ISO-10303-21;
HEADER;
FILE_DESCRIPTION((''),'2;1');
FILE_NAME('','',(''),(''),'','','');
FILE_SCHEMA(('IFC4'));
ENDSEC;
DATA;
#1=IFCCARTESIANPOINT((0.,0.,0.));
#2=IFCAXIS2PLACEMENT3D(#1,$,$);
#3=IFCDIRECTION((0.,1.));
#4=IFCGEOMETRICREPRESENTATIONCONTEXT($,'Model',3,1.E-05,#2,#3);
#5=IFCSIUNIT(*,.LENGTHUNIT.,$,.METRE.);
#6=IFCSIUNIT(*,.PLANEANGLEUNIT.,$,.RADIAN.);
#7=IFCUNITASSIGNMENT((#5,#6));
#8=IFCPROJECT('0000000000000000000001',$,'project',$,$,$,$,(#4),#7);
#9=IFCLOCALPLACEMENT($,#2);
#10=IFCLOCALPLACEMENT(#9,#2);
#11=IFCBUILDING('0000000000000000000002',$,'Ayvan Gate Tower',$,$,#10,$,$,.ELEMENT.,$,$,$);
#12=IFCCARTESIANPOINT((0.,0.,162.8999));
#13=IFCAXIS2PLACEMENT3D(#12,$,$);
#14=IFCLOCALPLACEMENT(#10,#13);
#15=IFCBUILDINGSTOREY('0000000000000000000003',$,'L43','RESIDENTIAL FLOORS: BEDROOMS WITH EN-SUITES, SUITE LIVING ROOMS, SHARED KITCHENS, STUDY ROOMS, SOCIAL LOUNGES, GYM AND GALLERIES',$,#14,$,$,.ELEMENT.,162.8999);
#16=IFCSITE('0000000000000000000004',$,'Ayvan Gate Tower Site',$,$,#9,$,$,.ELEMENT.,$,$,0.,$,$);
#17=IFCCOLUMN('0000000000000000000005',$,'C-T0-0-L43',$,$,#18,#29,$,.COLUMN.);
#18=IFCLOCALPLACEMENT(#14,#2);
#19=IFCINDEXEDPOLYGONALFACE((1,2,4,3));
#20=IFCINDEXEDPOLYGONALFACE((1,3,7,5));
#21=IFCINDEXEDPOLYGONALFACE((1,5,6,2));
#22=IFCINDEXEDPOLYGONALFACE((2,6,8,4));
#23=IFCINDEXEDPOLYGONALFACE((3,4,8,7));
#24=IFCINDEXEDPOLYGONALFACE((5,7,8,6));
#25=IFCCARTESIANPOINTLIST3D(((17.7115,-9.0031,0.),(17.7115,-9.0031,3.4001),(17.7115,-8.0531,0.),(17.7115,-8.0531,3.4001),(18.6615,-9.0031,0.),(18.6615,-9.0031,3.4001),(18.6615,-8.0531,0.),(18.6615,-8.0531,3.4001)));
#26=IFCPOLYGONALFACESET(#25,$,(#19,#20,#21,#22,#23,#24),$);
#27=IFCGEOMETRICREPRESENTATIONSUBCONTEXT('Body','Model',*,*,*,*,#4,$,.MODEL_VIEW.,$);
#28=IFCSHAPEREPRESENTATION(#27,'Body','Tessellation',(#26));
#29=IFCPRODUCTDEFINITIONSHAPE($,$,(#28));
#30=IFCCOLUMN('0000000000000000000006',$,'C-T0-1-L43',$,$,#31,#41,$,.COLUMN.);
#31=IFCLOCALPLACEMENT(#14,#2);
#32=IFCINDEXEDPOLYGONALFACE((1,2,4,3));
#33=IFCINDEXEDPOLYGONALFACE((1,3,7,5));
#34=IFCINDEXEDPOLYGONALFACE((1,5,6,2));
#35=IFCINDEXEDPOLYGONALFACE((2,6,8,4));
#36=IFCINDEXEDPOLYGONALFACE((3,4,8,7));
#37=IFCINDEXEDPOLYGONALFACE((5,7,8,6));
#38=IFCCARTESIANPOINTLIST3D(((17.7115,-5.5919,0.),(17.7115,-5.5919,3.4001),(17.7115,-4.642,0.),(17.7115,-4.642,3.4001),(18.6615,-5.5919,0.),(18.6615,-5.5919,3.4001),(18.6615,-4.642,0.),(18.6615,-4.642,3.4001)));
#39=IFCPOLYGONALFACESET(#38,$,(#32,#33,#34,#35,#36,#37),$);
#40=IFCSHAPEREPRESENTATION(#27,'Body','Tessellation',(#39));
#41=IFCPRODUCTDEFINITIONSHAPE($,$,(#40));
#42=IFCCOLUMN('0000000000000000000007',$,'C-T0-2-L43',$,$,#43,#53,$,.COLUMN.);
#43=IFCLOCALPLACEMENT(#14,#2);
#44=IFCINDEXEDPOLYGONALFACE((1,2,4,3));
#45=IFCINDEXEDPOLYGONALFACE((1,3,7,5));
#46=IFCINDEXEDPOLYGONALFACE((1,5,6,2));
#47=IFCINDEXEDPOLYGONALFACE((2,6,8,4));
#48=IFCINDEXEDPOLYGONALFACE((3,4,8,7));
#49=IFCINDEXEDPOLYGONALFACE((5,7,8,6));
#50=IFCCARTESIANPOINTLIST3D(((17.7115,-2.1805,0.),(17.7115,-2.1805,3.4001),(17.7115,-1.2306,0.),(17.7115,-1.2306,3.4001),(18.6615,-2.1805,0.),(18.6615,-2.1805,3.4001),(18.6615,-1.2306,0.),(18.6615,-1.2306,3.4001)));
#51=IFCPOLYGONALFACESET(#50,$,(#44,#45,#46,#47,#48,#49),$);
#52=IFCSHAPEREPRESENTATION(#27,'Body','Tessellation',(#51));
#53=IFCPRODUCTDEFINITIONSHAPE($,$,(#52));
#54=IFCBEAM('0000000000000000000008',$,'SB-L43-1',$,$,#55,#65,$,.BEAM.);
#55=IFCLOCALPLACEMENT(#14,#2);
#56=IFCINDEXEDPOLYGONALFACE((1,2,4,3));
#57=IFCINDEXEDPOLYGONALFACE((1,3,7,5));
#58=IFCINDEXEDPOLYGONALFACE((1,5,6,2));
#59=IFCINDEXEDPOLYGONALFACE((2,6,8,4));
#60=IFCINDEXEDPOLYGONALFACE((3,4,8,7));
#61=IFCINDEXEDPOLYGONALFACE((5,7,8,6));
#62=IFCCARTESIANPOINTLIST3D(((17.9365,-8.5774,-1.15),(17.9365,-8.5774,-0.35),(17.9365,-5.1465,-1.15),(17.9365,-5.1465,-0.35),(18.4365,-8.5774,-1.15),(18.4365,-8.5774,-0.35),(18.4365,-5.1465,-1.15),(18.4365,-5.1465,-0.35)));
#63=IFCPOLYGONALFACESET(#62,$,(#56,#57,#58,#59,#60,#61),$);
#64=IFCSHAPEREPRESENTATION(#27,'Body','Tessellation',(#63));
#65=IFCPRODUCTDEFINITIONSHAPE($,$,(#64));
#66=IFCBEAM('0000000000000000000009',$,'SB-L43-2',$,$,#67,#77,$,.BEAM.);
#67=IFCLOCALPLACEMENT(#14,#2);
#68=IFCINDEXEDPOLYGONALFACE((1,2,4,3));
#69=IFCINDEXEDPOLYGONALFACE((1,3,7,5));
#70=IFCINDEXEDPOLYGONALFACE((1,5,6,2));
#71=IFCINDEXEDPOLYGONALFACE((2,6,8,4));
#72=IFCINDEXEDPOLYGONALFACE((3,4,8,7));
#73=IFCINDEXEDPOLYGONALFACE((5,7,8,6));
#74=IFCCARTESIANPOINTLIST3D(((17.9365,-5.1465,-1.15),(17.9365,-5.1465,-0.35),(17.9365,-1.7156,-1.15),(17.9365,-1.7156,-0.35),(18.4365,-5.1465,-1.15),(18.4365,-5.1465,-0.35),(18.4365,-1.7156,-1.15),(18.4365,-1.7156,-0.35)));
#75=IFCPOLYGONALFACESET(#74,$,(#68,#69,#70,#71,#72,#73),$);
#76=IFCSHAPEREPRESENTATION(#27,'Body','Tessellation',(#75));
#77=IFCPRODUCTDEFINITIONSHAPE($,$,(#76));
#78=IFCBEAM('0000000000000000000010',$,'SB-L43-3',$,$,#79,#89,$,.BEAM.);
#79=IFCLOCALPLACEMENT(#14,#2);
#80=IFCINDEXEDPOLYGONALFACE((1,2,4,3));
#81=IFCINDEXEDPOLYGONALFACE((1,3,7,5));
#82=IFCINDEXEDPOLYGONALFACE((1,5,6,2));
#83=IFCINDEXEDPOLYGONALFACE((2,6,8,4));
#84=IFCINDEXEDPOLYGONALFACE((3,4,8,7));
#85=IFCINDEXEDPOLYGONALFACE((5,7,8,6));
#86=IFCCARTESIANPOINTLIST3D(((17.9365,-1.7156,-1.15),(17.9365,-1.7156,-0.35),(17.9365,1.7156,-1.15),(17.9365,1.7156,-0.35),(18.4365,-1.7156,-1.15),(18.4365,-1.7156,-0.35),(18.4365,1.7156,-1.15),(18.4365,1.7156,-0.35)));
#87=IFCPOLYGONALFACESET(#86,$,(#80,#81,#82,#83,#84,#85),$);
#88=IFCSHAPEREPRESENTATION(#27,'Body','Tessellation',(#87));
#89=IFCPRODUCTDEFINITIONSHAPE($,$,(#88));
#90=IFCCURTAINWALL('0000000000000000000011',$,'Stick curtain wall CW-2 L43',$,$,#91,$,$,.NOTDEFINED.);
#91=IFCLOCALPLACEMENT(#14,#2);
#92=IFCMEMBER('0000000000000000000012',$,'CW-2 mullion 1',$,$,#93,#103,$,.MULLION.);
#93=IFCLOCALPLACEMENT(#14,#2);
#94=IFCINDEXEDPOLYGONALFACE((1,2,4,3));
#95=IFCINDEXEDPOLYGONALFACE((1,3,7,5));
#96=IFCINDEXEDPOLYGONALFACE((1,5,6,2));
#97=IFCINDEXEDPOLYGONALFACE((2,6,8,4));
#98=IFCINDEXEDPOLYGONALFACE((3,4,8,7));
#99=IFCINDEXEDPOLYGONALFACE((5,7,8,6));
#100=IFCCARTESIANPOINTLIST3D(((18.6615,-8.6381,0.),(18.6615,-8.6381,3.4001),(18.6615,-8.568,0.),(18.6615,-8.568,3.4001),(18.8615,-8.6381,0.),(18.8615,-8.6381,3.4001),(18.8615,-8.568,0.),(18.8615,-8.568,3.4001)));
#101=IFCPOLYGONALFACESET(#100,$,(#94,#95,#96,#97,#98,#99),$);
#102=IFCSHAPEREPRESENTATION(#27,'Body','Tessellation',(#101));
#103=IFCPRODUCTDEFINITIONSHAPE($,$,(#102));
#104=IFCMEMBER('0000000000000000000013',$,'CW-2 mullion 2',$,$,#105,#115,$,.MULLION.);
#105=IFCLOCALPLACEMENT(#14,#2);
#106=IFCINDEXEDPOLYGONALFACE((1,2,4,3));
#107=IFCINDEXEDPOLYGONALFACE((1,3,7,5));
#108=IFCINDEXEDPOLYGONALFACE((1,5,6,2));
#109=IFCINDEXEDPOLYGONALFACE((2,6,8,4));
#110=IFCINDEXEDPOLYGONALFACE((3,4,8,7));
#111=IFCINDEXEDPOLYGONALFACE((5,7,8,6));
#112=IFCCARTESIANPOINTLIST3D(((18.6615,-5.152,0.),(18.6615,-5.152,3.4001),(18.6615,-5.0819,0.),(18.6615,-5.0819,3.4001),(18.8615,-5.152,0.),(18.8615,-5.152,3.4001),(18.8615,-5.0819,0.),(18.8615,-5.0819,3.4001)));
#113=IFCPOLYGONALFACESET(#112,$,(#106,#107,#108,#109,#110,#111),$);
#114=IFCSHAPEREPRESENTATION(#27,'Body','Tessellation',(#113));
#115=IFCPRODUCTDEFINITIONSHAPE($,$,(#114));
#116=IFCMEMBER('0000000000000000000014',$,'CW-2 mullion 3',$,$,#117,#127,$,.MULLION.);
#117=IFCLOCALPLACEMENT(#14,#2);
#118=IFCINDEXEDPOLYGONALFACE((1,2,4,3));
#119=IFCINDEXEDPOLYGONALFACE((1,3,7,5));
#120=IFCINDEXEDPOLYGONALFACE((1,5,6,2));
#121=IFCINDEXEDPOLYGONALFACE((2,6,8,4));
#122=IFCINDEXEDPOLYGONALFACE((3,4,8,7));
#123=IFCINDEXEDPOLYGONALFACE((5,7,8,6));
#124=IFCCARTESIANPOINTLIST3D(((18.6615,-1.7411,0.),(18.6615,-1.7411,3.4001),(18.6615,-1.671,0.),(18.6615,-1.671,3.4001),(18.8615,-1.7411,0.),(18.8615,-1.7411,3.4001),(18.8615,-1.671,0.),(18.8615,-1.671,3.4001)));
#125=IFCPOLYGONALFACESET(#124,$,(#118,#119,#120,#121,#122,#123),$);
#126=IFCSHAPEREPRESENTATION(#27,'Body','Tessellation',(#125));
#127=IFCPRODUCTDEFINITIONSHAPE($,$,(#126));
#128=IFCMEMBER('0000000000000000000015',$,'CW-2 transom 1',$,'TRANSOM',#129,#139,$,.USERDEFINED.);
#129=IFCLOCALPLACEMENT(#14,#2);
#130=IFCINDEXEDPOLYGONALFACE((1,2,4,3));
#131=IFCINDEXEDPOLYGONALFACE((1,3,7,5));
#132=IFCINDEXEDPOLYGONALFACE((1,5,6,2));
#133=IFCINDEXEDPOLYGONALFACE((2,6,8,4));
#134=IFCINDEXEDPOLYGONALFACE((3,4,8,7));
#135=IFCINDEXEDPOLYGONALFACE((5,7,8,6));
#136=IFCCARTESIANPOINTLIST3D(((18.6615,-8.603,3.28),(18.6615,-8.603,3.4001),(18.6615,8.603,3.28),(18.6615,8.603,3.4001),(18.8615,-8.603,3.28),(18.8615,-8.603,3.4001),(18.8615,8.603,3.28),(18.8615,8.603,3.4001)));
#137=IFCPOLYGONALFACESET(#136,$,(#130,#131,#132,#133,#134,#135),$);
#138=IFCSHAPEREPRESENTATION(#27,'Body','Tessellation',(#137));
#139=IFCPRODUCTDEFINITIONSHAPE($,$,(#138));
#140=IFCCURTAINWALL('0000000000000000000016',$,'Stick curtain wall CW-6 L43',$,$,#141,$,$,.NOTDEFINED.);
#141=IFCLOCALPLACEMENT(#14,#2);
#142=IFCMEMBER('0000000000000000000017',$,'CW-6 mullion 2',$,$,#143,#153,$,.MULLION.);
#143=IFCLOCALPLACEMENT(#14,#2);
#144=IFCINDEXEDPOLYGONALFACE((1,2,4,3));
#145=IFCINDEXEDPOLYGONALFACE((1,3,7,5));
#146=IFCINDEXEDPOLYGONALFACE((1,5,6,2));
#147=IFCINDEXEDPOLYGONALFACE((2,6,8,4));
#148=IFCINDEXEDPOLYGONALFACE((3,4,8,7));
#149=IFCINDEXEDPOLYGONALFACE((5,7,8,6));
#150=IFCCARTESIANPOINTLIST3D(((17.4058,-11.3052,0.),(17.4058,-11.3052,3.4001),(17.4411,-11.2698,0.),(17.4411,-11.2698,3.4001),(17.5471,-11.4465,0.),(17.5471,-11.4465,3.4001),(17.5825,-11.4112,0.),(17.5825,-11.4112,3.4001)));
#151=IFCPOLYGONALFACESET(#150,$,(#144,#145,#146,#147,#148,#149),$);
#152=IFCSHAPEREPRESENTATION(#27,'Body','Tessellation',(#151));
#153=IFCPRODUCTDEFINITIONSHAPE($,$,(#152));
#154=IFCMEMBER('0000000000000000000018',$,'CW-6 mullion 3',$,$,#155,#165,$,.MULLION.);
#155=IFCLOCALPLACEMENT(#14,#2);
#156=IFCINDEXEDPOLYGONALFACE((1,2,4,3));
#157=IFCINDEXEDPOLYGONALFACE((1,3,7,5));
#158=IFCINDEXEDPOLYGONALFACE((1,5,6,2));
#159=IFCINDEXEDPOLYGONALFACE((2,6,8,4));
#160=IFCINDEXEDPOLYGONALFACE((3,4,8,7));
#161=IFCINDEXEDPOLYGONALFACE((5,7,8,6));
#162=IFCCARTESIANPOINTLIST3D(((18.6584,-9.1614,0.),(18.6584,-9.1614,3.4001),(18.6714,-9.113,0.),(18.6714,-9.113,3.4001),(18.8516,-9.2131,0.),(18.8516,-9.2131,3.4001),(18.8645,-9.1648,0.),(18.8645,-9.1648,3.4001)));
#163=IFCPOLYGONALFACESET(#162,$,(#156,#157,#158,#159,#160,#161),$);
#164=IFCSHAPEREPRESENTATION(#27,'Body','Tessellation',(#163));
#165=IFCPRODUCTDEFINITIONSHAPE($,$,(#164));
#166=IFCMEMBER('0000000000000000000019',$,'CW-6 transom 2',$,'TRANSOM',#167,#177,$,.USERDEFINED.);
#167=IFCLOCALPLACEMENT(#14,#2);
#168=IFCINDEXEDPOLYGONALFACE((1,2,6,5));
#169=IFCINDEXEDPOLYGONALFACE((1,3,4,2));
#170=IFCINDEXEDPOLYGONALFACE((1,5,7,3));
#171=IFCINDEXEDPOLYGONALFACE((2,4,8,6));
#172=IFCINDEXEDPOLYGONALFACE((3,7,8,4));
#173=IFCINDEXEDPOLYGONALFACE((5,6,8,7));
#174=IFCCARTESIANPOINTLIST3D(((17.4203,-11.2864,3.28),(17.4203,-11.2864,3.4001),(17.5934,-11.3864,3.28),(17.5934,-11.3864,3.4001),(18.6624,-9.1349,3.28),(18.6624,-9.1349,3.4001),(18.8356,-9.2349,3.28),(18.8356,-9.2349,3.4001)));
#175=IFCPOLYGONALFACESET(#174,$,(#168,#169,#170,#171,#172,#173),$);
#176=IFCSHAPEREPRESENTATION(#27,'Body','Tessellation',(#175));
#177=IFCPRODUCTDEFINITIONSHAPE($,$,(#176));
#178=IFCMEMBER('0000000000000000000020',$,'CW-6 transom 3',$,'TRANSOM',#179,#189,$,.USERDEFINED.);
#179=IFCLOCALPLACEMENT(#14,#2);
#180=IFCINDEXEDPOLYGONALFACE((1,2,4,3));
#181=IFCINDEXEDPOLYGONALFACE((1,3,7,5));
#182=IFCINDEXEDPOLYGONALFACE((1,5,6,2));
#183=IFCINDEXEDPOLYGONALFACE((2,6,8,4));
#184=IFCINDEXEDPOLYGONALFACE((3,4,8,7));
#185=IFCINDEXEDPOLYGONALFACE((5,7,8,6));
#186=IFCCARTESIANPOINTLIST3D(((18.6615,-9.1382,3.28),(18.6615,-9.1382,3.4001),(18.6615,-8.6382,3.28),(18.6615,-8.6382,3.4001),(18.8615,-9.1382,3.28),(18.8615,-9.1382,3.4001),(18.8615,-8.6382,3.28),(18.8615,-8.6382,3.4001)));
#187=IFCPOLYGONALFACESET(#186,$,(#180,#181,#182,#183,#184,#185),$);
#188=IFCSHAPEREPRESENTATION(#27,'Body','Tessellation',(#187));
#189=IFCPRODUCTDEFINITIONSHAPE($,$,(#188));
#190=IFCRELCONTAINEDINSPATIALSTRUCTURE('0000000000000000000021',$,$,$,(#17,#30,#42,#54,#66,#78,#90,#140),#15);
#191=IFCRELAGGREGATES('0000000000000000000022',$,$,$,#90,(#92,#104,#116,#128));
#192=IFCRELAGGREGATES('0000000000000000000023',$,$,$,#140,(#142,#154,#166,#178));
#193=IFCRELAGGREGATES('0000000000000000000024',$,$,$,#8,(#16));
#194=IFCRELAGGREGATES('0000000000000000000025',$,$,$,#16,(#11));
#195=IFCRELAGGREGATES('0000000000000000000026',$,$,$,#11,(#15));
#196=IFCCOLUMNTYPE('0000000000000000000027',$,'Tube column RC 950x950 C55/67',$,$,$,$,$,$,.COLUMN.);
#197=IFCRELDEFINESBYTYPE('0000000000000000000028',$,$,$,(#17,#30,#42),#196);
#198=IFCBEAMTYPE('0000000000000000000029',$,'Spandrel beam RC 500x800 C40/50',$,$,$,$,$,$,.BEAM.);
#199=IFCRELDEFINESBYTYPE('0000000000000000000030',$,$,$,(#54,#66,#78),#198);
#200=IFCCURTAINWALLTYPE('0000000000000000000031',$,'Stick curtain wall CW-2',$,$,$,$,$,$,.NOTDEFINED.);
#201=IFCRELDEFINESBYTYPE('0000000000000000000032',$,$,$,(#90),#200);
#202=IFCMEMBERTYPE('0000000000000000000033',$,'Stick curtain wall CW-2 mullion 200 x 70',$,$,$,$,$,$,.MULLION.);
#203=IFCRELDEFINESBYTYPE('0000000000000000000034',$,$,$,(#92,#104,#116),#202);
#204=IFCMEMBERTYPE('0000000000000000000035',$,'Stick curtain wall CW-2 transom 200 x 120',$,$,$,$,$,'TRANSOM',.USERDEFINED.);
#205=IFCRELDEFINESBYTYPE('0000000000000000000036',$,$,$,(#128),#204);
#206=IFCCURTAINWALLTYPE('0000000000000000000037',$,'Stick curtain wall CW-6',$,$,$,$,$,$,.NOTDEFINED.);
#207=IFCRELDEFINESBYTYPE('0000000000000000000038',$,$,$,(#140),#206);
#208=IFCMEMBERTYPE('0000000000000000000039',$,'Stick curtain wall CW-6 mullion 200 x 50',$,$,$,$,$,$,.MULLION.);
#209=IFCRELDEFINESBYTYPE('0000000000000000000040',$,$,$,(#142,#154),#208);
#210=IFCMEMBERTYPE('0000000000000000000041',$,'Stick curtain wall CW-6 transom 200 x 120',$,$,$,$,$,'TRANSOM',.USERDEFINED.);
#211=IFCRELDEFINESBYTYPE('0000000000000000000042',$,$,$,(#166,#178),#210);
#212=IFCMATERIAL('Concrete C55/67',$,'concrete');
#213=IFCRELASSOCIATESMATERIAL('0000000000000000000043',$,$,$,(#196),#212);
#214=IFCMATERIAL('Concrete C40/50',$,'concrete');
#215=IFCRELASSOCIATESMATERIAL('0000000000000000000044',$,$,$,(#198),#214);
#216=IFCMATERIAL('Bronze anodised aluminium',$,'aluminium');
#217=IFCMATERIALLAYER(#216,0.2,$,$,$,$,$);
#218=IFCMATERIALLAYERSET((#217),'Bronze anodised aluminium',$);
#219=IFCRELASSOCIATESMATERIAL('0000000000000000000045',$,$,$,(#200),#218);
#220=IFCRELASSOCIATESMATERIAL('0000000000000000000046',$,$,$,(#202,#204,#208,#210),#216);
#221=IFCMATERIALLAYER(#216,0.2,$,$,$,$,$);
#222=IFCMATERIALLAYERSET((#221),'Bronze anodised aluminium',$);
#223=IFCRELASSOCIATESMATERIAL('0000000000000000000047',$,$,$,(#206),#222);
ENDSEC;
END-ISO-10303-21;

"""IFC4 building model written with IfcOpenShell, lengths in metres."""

from ifc_helpers import new_model, si_unit, direction, frame, origin, origin_2d, place, context, subcontext, project, spatial, rectangle, extrude, material, layer, layer_set, material_profile, profile_set, type_object, element, aggregate, save


model = new_model("IFC4")

# Units and contexts
model_context = context("Model", 3, precision=1e-05, world=origin(), true_north=direction((0.0, 1.0)))
body_context = subcontext(model_context, "Body", "Model", "MODEL_VIEW")
ifc_project = project(units=[si_unit("LENGTHUNIT", "METRE"), si_unit("PLANEANGLEUNIT", "RADIAN")], contexts=[model_context])

# Site, building, storey
site_placement = place(None, origin())
site = spatial("IfcSite", under=ifc_project, at=site_placement, Name="Ayvan Gate Tower Site", CompositionType="ELEMENT", RefElevation=0.0)
building_placement = place(site_placement, origin())
building = spatial("IfcBuilding", under=site, at=building_placement, Name="Ayvan Gate Tower", CompositionType="ELEMENT")
storey_placement = place(building_placement, frame((0.0, 0.0, 162.8999)))
storey = spatial("IfcBuildingStorey", under=building, at=storey_placement, Name="L43", Description="RESIDENTIAL FLOORS: BEDROOMS WITH EN-SUITES, SUITE LIVING ROOMS, SHARED KITCHENS, STUDY ROOMS, SOCIAL LOUNGES, GYM AND GALLERIES", CompositionType="ELEMENT", Elevation=162.8999)

# Columns
ifc_material_1 = material(Name="Concrete C55/67", Category="concrete")
ifc_material_profile_1 = material_profile(ifc_material_1, rectangle(XDim=0.95, YDim=0.95, at=origin_2d()), Name="RC 950x950")
ifc_profile_set_1 = profile_set([ifc_material_profile_1], Name="Concrete C55/67")
column_type = type_object("IfcColumnType", Name="Tube column RC 950x950 C55/67", PredefinedType="COLUMN", material=ifc_profile_set_1)
for number, where, z_axis, x_axis, name in (
    (1, (18.1865, -8.5281, 0.0), (0.0, 0.0, 1.0), (1.0, 0.0, 0.0), "C-T0-0-L43"),
    (2, (18.1865, -5.1169, 0.0), (0.0, 0.0, 1.0), (1.0, 0.0, 0.0), "C-T0-1-L43"),
    (3, (18.1865, -1.7056, 0.0), (0.0, 0.0, 1.0), (1.0, 0.0, 0.0), "C-T0-2-L43"),
):
    element("IfcColumn", number, at=place(storey_placement, frame(where, z_axis=z_axis, x_axis=x_axis)), inside=storey, type_object=column_type, Name=name, PredefinedType="COLUMN", context=body_context, shape_type="SweptSolid", body=[
        extrude(rectangle(XDim=0.95, YDim=0.95, at=origin_2d()), origin(), (0.0, 0.0, 1.0), 3.4001),
    ])

# Beams
ifc_material_2 = material(Name="Concrete C40/50", Category="concrete")
ifc_material_profile_2 = material_profile(ifc_material_2, rectangle(XDim=0.5, YDim=0.8, at=origin_2d()), Name="RC 500x800")
ifc_profile_set_2 = profile_set([ifc_material_profile_2], Name="Concrete C40/50")
beam_type = type_object("IfcBeamType", Name="Spandrel beam RC 500x800 C40/50", PredefinedType="BEAM", material=ifc_profile_set_2)
for number, where, z_axis, x_axis, name in (
    (4, (18.1865, -8.5774, -0.75), (0.0, 1.0, 0.0), (-1.0, 0.0, 0.0), "SB-L43-1"),
    (5, (18.1865, -5.1465, -0.75), (0.0, 1.0, 0.0), (-1.0, 0.0, 0.0), "SB-L43-2"),
):
    element("IfcBeam", number, at=place(storey_placement, frame(where, z_axis=z_axis, x_axis=x_axis)), inside=storey, type_object=beam_type, Name=name, PredefinedType="BEAM", context=body_context, shape_type="SweptSolid", body=[
        extrude(rectangle(XDim=0.5, YDim=0.8, at=origin_2d()), origin(), (0.0, 0.0, 1.0), 3.4309),
    ])
beam_placement = place(storey_placement, frame((18.1865, -1.7156, -0.75), z_axis=(0.0, 1.0, 0.0), x_axis=(-1.0, 0.0, 0.0)))
element("IfcBeam", 6, at=beam_placement, inside=storey, type_object=beam_type, Name="SB-L43-3", PredefinedType="BEAM", context=body_context, shape_type="SweptSolid", body=[
    extrude(rectangle(XDim=0.5, YDim=0.8, at=origin_2d()), origin(), (0.0, 0.0, 1.0), 3.4312),
])

# Curtain walls, members
ifc_material_3 = material(Name="Bronze anodised aluminium", Category="aluminium")
ifc_layer_1 = layer(ifc_material_3, 0.2)
ifc_layer_set_1 = layer_set([ifc_layer_1], Name="Bronze anodised aluminium")
curtain_wall_type_1 = type_object("IfcCurtainWallType", Name="Stick curtain wall CW-2", PredefinedType="NOTDEFINED", material=ifc_layer_set_1)
curtain_wall_1_placement = place(storey_placement, origin())
curtain_wall_1 = element("IfcCurtainWall", 7, at=curtain_wall_1_placement, inside=storey, type_object=curtain_wall_type_1, Name="Stick curtain wall CW-2 L43", PredefinedType="NOTDEFINED")
ifc_material_profile_3 = material_profile(ifc_material_3, rectangle(XDim=0.2, YDim=0.0701, at=origin_2d()), Name="Stick curtain wall CW-2 mullion 200 x 70")
ifc_profile_set_3 = profile_set([ifc_material_profile_3], Name="Bronze anodised aluminium")
member_type_1 = type_object("IfcMemberType", Name="Stick curtain wall CW-2 mullion 200 x 70", PredefinedType="MULLION", material=ifc_profile_set_3)
member_1_placement = place(storey_placement, frame((18.7615, -8.603, 0.0), z_axis=(0.0, 0.0, 1.0), x_axis=(1.0, 0.0, 0.0)))
member_1 = element("IfcMember", 8, at=member_1_placement, type_object=member_type_1, Name="CW-2 mullion 1", PredefinedType="MULLION", context=body_context, shape_type="SweptSolid", body=[
    extrude(rectangle(XDim=0.2, YDim=0.0701, at=origin_2d()), origin(), (0.0, 0.0, 1.0), 3.4001),
])
member_2_placement = place(storey_placement, frame((18.7615, -5.1169, 0.0), z_axis=(0.0, 0.0, 1.0), x_axis=(1.0, 0.0, 0.0)))
member_2 = element("IfcMember", 9, at=member_2_placement, type_object=member_type_1, Name="CW-2 mullion 2", PredefinedType="MULLION", context=body_context, shape_type="SweptSolid", body=[
    extrude(rectangle(XDim=0.2, YDim=0.0701, at=origin_2d()), origin(), (0.0, 0.0, 1.0), 3.4001),
])
member_3_placement = place(storey_placement, frame((18.7615, -1.7061, 0.0), z_axis=(0.0, 0.0, 1.0), x_axis=(1.0, 0.0, 0.0)))
member_3 = element("IfcMember", 10, at=member_3_placement, type_object=member_type_1, Name="CW-2 mullion 3", PredefinedType="MULLION", context=body_context, shape_type="SweptSolid", body=[
    extrude(rectangle(XDim=0.2, YDim=0.0701, at=origin_2d()), origin(), (0.0, 0.0, 1.0), 3.4001),
])
ifc_material_profile_4 = material_profile(ifc_material_3, rectangle(XDim=0.2, YDim=0.1201, at=origin_2d()), Name="Stick curtain wall CW-2 transom 200 x 120")
ifc_profile_set_4 = profile_set([ifc_material_profile_4], Name="Bronze anodised aluminium")
member_type_2 = type_object("IfcMemberType", Name="Stick curtain wall CW-2 transom 200 x 120", ElementType="TRANSOM", PredefinedType="USERDEFINED", material=ifc_profile_set_4)
member_4_placement = place(storey_placement, frame((18.7615, -8.603, 3.3401), z_axis=(0.0, 1.0, 0.0), x_axis=(-1.0, 0.0, 0.0)))
member_4 = element("IfcMember", 11, at=member_4_placement, type_object=member_type_2, Name="CW-2 transom 1", ObjectType="TRANSOM", PredefinedType="USERDEFINED", context=body_context, shape_type="SweptSolid", body=[
    extrude(rectangle(XDim=0.2, YDim=0.1201, at=origin_2d()), origin(), (0.0, 0.0, 1.0), 17.2061),
])
ifc_layer_2 = layer(ifc_material_3, 0.2)
ifc_layer_set_2 = layer_set([ifc_layer_2], Name="Bronze anodised aluminium")
curtain_wall_type_2 = type_object("IfcCurtainWallType", Name="Stick curtain wall CW-6", PredefinedType="NOTDEFINED", material=ifc_layer_set_2)
curtain_wall_2_placement = place(storey_placement, origin())
curtain_wall_2 = element("IfcCurtainWall", 12, at=curtain_wall_2_placement, inside=storey, type_object=curtain_wall_type_2, Name="Stick curtain wall CW-6 L43", PredefinedType="NOTDEFINED")
ifc_material_profile_5 = material_profile(ifc_material_3, rectangle(XDim=0.2, YDim=0.05, at=origin_2d()), Name="Stick curtain wall CW-6 mullion 200 x 50")
ifc_profile_set_5 = profile_set([ifc_material_profile_5], Name="Bronze anodised aluminium")
member_type_3 = type_object("IfcMemberType", Name="Stick curtain wall CW-6 mullion 200 x 50", PredefinedType="MULLION", material=ifc_profile_set_5)
member_5_placement = place(storey_placement, frame((17.4941, -11.3582, 0.0), z_axis=(0.0, 0.0, 1.0), x_axis=(0.707107, -0.707107, 0.0)))
member_5 = element("IfcMember", 13, at=member_5_placement, type_object=member_type_3, Name="CW-6 mullion 2", PredefinedType="MULLION", context=body_context, shape_type="SweptSolid", body=[
    extrude(rectangle(XDim=0.2, YDim=0.05, at=origin_2d()), origin(), (0.0, 0.0, 1.0), 3.4001),
])
member_6_placement = place(storey_placement, frame((18.7615, -9.1631, 0.0), z_axis=(0.0, 0.0, 1.0), x_axis=(0.965926, -0.258819, 0.0)))
member_6 = element("IfcMember", 14, at=member_6_placement, type_object=member_type_3, Name="CW-6 mullion 3", PredefinedType="MULLION", context=body_context, shape_type="SweptSolid", body=[
    extrude(rectangle(XDim=0.2, YDim=0.05, at=origin_2d()), origin(), (0.0, 0.0, 1.0), 3.4001),
])
ifc_material_profile_6 = material_profile(ifc_material_3, rectangle(XDim=0.2, YDim=0.1201, at=origin_2d()), Name="Stick curtain wall CW-6 transom 200 x 120")
ifc_profile_set_6 = profile_set([ifc_material_profile_6], Name="Bronze anodised aluminium")
member_type_4 = type_object("IfcMemberType", Name="Stick curtain wall CW-6 transom 200 x 120", ElementType="TRANSOM", PredefinedType="USERDEFINED", material=ifc_profile_set_6)
member_7_placement = place(storey_placement, frame((17.5068, -11.3364, 3.3401), z_axis=(0.499986, 0.866033, 0.0), x_axis=(-0.866033, 0.499986, 0.0)))
member_7 = element("IfcMember", 15, at=member_7_placement, type_object=member_type_4, Name="CW-6 transom 2", ObjectType="TRANSOM", PredefinedType="USERDEFINED", context=body_context, shape_type="SweptSolid", body=[
    extrude(rectangle(XDim=0.2, YDim=0.1201, at=origin_2d()), origin(), (0.0, 0.0, 1.0), 2.4844),
])
member_8_placement = place(storey_placement, frame((18.7615, -9.1382, 3.3401), z_axis=(0.0, 1.0, 0.0), x_axis=(-1.0, 0.0, 0.0)))
member_8 = element("IfcMember", 16, at=member_8_placement, type_object=member_type_4, Name="CW-6 transom 3", ObjectType="TRANSOM", PredefinedType="USERDEFINED", context=body_context, shape_type="SweptSolid", body=[
    extrude(rectangle(XDim=0.2, YDim=0.1201, at=origin_2d()), origin(), (0.0, 0.0, 1.0), 0.5),
])

aggregate(curtain_wall_1, [member_1, member_2, member_3, member_4])
aggregate(curtain_wall_2, [member_5, member_6, member_7, member_8])

save(model, "model.ifc")
